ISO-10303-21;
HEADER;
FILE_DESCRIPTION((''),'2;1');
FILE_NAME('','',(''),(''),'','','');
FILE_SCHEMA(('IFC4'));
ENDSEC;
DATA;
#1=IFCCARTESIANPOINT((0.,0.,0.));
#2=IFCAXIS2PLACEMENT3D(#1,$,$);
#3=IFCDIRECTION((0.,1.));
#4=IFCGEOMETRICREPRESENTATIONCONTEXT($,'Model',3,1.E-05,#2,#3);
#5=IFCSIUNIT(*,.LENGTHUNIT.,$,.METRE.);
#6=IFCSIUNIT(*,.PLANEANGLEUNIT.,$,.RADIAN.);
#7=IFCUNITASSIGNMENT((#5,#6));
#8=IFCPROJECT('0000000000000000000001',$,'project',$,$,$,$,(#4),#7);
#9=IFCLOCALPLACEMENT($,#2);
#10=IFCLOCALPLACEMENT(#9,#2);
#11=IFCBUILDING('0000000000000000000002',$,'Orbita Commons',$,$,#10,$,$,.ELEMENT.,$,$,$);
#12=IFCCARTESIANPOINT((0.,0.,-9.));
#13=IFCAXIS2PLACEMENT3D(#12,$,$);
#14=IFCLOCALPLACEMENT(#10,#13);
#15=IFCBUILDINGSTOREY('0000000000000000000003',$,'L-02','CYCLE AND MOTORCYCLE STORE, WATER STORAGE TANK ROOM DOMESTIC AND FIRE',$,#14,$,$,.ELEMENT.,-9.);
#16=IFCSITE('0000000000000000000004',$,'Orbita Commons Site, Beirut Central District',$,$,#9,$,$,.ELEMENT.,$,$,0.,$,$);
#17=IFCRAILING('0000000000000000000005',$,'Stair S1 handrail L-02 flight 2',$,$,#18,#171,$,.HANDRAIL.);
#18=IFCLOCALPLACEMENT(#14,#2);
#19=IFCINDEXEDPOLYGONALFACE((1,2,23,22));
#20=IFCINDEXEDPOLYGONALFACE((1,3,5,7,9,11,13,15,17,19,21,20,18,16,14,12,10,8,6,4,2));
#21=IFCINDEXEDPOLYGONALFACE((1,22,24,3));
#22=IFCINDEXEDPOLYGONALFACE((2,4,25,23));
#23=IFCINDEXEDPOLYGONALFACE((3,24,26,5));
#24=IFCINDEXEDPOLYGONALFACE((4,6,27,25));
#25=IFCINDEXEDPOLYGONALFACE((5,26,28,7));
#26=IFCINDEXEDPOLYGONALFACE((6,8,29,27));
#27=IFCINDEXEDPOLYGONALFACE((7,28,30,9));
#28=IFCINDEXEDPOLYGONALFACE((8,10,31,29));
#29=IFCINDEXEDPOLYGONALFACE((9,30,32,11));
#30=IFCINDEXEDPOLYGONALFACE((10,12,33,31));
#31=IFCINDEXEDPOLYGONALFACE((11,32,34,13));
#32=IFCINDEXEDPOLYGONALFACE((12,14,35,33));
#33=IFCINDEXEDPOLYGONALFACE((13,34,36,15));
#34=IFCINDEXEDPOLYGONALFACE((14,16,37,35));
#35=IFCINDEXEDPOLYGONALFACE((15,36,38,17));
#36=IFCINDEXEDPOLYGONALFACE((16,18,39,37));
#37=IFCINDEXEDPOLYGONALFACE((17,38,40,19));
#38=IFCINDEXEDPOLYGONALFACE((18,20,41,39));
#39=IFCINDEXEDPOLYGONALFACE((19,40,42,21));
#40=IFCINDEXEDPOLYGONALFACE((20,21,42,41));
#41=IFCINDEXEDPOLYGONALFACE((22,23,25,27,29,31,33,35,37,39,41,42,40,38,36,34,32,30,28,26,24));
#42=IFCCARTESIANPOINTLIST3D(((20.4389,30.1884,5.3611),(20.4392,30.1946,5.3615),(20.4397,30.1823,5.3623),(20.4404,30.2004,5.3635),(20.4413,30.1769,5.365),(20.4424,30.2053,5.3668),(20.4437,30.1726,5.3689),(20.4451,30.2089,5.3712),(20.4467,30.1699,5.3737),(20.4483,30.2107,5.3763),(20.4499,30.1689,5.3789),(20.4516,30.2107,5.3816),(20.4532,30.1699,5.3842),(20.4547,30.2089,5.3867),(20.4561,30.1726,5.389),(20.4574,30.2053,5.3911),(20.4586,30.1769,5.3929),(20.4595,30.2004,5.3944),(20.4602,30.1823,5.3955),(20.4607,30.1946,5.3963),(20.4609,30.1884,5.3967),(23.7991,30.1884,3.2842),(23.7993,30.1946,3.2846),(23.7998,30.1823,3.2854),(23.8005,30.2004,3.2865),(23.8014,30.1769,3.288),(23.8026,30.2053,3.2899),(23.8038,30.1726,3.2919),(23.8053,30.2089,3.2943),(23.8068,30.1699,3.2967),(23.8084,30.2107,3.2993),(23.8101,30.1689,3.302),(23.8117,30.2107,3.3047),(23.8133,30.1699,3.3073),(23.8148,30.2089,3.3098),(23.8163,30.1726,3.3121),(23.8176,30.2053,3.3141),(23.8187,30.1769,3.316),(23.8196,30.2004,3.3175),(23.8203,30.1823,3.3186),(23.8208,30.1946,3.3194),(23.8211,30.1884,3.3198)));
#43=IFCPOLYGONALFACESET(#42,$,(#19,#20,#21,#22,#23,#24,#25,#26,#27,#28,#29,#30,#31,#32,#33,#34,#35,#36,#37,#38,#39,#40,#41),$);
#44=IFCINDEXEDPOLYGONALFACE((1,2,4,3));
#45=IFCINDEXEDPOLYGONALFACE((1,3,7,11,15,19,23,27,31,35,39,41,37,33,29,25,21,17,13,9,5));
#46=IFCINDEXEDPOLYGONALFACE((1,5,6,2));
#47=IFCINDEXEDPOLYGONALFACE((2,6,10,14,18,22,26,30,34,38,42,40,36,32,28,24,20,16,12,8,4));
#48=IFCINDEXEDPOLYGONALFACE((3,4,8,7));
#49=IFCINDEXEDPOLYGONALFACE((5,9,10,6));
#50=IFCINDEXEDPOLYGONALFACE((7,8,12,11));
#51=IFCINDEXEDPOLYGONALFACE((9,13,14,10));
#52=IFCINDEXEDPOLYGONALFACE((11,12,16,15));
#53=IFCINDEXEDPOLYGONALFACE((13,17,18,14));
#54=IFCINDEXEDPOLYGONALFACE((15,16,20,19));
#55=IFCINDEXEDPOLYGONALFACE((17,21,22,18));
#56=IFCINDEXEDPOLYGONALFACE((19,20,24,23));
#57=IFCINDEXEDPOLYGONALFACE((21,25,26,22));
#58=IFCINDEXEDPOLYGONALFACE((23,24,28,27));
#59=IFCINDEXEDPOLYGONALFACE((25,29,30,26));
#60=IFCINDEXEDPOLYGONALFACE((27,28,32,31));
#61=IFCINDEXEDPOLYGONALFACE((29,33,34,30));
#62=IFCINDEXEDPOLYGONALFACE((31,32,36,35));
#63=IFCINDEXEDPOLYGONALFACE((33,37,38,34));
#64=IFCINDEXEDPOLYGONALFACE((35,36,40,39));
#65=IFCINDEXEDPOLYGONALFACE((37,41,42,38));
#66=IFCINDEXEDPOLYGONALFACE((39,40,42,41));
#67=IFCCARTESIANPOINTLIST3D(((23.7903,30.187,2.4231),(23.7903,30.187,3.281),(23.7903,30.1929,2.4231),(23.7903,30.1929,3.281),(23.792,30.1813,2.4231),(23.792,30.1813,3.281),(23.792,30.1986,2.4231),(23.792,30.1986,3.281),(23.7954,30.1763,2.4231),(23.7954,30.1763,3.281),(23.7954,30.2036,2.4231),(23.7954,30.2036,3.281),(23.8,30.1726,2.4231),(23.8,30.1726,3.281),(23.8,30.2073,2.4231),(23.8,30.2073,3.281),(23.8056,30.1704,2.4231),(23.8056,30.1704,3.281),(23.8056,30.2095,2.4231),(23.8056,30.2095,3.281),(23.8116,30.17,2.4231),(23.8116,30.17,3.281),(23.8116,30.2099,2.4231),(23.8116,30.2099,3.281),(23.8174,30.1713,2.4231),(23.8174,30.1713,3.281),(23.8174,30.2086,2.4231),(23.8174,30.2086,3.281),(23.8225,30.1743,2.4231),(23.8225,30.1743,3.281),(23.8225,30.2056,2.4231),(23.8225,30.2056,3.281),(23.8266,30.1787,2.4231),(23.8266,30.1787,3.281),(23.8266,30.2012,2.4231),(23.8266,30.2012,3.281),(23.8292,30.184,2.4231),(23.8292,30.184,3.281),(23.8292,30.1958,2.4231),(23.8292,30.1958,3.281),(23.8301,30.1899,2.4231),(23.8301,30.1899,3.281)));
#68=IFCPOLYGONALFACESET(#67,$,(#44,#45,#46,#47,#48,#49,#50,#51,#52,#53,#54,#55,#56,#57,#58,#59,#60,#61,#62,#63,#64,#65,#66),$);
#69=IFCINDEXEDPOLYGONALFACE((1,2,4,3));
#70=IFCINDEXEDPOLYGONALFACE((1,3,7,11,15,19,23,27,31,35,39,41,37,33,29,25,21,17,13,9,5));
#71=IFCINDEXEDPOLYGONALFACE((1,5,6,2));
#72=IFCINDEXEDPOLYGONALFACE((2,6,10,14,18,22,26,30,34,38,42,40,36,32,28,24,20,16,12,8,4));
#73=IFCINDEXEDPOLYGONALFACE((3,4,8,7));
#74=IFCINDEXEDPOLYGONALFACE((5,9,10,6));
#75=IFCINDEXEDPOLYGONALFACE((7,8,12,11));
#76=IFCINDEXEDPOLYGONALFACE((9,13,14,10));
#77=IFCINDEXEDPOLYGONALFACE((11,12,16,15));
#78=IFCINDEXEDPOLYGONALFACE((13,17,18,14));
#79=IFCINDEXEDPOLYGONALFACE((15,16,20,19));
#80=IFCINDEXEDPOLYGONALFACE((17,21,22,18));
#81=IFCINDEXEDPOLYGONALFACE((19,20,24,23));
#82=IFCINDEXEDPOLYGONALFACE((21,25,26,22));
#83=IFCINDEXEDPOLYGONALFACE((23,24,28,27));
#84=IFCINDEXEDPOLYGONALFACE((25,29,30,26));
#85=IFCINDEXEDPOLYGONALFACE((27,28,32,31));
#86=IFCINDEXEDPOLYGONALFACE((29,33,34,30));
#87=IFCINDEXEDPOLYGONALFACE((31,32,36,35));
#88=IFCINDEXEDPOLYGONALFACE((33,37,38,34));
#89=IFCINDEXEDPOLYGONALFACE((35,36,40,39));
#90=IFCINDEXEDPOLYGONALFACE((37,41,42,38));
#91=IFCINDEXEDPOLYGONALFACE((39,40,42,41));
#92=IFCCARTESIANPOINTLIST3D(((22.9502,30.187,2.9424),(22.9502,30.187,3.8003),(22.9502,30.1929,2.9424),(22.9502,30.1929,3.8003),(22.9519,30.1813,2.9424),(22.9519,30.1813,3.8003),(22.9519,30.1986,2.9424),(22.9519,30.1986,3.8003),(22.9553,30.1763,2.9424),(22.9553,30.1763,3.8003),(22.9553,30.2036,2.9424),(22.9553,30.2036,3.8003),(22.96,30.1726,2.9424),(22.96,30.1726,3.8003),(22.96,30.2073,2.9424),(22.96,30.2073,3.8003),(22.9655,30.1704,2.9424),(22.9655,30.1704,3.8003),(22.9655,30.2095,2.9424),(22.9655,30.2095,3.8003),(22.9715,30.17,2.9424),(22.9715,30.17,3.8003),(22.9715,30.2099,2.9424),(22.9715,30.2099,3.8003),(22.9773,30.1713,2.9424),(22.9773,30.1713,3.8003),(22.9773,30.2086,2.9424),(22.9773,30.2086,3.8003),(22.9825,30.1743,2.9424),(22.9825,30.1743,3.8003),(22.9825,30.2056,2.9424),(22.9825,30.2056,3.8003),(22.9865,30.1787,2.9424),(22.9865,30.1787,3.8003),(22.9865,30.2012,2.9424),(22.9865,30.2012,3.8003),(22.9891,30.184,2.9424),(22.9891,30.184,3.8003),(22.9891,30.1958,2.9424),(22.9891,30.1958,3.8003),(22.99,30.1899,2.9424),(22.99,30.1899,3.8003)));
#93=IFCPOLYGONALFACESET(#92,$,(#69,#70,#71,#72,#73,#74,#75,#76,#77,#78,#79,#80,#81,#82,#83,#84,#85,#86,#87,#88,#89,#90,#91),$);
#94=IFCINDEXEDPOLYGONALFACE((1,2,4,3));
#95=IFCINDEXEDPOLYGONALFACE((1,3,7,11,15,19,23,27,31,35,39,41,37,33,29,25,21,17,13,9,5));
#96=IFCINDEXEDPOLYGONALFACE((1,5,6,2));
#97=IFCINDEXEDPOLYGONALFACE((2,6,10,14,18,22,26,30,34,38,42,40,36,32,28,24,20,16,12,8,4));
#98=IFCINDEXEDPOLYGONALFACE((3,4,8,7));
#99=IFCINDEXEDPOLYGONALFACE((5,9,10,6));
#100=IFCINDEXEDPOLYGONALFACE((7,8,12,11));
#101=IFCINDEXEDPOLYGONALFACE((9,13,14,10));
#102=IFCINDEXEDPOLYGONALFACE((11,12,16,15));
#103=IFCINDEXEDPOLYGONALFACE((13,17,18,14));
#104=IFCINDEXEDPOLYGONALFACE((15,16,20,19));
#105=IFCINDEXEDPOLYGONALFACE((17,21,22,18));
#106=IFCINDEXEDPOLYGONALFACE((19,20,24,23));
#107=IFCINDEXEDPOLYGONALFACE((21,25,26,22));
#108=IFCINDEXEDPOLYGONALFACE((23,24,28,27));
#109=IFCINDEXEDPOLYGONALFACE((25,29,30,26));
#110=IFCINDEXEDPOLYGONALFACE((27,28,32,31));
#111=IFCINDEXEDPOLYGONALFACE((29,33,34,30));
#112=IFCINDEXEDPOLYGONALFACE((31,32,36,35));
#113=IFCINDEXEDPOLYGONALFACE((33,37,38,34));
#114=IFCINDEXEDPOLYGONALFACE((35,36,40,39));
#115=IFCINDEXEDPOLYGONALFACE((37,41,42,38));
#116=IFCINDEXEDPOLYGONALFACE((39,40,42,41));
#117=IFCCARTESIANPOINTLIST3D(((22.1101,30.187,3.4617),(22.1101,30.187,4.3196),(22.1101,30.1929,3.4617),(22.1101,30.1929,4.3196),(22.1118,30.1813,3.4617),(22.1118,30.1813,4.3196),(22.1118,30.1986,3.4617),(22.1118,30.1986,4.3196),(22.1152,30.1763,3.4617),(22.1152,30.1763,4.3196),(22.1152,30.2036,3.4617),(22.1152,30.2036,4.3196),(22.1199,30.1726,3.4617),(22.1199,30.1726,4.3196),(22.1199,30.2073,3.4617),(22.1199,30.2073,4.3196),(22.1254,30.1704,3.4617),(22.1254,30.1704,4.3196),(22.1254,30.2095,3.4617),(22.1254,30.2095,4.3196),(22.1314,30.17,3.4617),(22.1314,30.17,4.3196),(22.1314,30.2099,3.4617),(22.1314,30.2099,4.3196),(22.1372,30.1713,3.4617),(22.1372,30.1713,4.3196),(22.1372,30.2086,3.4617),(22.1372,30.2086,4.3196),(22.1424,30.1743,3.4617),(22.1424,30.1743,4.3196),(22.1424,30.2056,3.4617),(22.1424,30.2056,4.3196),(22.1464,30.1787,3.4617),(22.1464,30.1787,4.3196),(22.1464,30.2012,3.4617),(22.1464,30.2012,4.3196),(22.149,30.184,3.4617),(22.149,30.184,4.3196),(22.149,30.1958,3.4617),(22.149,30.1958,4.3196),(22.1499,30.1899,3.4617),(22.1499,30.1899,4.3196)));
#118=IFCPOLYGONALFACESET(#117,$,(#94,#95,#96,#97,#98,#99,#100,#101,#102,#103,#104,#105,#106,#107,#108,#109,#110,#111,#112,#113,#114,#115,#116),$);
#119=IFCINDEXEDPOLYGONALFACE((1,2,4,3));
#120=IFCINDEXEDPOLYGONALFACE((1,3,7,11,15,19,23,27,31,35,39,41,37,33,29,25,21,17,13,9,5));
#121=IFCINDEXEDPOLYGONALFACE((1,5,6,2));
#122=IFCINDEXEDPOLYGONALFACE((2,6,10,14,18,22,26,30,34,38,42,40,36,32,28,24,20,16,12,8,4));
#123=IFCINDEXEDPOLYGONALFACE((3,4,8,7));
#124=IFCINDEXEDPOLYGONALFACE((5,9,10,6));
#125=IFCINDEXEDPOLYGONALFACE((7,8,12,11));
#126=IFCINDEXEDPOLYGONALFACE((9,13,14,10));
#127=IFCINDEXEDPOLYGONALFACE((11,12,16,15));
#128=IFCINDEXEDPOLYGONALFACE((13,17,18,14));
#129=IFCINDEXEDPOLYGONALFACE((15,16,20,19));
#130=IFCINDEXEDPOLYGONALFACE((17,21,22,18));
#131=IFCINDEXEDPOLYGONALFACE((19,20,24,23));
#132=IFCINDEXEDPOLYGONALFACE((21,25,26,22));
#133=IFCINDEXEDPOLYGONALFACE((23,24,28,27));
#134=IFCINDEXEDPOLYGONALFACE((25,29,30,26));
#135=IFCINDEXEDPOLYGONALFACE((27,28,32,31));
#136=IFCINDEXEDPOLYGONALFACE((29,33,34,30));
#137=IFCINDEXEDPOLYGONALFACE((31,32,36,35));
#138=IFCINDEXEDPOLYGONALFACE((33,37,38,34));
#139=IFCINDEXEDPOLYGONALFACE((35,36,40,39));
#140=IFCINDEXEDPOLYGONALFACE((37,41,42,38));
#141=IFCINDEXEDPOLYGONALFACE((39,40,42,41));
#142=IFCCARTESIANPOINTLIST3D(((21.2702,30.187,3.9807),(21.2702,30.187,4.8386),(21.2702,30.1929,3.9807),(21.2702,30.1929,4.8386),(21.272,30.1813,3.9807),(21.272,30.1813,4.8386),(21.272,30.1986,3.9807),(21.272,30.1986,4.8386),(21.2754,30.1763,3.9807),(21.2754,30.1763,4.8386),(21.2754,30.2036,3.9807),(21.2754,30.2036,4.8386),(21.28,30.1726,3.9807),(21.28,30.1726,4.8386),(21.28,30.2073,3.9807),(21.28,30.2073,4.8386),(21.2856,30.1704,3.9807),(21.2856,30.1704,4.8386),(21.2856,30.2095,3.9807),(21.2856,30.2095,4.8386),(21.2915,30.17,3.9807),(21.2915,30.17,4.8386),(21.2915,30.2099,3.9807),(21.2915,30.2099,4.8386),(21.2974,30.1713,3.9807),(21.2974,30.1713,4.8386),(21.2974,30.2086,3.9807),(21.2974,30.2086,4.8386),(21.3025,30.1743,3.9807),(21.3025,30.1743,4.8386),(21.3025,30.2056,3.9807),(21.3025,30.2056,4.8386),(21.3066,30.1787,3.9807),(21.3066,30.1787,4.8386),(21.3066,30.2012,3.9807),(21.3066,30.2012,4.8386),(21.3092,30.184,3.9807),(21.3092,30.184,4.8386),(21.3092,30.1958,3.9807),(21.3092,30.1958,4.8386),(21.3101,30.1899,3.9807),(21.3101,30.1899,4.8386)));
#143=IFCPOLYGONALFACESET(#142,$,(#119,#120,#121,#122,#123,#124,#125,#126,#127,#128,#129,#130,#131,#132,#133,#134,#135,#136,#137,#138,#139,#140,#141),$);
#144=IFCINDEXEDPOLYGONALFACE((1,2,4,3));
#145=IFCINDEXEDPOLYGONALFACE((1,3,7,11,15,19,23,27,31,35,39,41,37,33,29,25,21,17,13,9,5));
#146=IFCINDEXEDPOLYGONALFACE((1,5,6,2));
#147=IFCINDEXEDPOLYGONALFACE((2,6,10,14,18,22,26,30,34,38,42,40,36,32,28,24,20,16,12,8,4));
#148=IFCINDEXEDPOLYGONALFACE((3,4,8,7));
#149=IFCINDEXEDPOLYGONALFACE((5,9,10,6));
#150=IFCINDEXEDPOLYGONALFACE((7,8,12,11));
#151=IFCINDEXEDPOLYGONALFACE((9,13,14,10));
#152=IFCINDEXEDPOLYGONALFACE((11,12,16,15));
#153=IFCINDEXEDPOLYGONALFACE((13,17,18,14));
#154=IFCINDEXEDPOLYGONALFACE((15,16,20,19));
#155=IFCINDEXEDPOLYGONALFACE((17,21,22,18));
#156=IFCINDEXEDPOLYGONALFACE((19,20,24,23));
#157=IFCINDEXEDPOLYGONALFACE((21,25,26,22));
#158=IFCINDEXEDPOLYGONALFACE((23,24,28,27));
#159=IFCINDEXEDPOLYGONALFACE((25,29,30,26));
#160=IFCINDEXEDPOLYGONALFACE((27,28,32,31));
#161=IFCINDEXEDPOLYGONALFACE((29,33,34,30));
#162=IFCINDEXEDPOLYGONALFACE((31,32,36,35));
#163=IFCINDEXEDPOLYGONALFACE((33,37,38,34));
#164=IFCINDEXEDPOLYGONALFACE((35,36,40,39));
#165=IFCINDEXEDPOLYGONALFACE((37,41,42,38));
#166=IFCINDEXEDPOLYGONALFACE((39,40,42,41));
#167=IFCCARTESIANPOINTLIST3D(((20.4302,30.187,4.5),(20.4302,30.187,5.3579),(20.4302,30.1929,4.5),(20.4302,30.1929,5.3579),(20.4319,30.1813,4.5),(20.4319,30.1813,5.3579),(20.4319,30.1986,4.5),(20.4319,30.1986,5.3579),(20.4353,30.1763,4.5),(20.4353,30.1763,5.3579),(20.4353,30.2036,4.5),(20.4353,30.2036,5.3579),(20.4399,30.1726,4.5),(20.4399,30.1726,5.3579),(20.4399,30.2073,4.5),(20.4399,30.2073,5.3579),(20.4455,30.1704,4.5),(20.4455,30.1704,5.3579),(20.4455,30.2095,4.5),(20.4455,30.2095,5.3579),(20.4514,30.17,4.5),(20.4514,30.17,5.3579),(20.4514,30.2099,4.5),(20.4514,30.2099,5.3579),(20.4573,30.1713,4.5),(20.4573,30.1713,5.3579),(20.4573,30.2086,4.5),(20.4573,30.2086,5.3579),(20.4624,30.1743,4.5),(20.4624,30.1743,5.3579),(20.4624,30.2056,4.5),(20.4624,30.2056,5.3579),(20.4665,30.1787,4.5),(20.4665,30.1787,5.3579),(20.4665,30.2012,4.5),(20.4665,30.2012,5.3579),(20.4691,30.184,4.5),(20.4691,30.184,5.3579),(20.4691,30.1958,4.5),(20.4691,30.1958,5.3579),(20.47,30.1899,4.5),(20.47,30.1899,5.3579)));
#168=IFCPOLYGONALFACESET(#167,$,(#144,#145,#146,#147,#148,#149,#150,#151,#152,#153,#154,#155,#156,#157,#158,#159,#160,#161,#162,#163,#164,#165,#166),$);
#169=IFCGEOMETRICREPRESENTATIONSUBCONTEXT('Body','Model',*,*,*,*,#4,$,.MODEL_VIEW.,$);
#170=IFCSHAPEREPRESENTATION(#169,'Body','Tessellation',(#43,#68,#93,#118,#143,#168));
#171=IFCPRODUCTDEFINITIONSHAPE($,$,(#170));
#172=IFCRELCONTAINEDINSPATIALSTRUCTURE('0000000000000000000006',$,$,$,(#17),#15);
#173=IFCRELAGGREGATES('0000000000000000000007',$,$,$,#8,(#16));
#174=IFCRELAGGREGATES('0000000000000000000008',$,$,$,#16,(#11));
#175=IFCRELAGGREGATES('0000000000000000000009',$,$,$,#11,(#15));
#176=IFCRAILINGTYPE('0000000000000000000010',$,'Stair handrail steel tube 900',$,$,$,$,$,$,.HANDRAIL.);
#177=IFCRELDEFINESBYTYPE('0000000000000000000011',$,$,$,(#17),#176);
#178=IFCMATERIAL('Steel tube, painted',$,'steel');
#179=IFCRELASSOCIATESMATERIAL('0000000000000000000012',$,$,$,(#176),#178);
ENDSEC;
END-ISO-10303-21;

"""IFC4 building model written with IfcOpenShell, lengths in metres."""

from ifc_helpers import new_model, si_unit, direction, frame, origin, origin_2d, place, context, subcontext, project, spatial, circle, extrude, material, type_object, element, save


model = new_model("IFC4")

# Units and contexts
model_context = context("Model", 3, precision=1e-05, world=origin(), true_north=direction((0.0, 1.0)))
body_context = subcontext(model_context, "Body", "Model", "MODEL_VIEW")
ifc_project = project(units=[si_unit("LENGTHUNIT", "METRE"), si_unit("PLANEANGLEUNIT", "RADIAN")], contexts=[model_context])

# Site, building, storey
site_placement = place(None, origin())
site = spatial("IfcSite", under=ifc_project, at=site_placement, Name="Orbita Commons Site, Beirut Central District", CompositionType="ELEMENT", RefElevation=0.0)
building_placement = place(site_placement, origin())
building = spatial("IfcBuilding", under=site, at=building_placement, Name="Orbita Commons", CompositionType="ELEMENT")
storey_placement = place(building_placement, frame((0.0, 0.0, -9.0)))
storey = spatial("IfcBuildingStorey", under=building, at=storey_placement, Name="L-02", Description="CYCLE AND MOTORCYCLE STORE, WATER STORAGE TANK ROOM DOMESTIC AND FIRE", CompositionType="ELEMENT", Elevation=-9.0)

# Railing
ifc_material_1 = material(Name="Steel tube, painted", Category="steel")
railing_type = type_object("IfcRailingType", Name="Stair handrail steel tube 900", PredefinedType="HANDRAIL", material=ifc_material_1)
for number, where, name in (
    (1, (23.8101, 30.1899, 2.4231), "Stair S1 handrail L-02 flight 2"),
):
    element("IfcRailing", number, at=place(storey_placement, frame(where)), inside=storey, type_object=railing_type, Name=name, PredefinedType="HANDRAIL", context=body_context, shape_type="SweptSolid", body=[
        extrude(circle(Radius=0.021, at=origin_2d()), frame((0.0, 0.0, 0.8789), z_axis=(-0.850623, 0.0, 0.525776), x_axis=(0.0, -1.0, 0.0)), (0.0, 0.0, 1.0), 3.9502),
        extrude(circle(Radius=0.02, at=origin_2d()), origin(), (0.0, 0.0, 1.0), 0.8579),
        extrude(circle(Radius=0.02, at=origin_2d()), frame((-0.8401, 0.0, 0.5193)), (0.0, 0.0, 1.0), 0.8579),
        extrude(circle(Radius=0.02, at=origin_2d()), frame((-1.6802, 0.0, 1.0386)), (0.0, 0.0, 1.0), 0.8579),
        extrude(circle(Radius=0.02, at=origin_2d()), frame((-2.52, 0.0, 1.5576)), (0.0, 0.0, 1.0), 0.8579),
        extrude(circle(Radius=0.02, at=origin_2d()), frame((-3.3601, 0.0, 2.0769)), (0.0, 0.0, 1.0), 0.8579),
    ])

save(model, "model.ifc")
